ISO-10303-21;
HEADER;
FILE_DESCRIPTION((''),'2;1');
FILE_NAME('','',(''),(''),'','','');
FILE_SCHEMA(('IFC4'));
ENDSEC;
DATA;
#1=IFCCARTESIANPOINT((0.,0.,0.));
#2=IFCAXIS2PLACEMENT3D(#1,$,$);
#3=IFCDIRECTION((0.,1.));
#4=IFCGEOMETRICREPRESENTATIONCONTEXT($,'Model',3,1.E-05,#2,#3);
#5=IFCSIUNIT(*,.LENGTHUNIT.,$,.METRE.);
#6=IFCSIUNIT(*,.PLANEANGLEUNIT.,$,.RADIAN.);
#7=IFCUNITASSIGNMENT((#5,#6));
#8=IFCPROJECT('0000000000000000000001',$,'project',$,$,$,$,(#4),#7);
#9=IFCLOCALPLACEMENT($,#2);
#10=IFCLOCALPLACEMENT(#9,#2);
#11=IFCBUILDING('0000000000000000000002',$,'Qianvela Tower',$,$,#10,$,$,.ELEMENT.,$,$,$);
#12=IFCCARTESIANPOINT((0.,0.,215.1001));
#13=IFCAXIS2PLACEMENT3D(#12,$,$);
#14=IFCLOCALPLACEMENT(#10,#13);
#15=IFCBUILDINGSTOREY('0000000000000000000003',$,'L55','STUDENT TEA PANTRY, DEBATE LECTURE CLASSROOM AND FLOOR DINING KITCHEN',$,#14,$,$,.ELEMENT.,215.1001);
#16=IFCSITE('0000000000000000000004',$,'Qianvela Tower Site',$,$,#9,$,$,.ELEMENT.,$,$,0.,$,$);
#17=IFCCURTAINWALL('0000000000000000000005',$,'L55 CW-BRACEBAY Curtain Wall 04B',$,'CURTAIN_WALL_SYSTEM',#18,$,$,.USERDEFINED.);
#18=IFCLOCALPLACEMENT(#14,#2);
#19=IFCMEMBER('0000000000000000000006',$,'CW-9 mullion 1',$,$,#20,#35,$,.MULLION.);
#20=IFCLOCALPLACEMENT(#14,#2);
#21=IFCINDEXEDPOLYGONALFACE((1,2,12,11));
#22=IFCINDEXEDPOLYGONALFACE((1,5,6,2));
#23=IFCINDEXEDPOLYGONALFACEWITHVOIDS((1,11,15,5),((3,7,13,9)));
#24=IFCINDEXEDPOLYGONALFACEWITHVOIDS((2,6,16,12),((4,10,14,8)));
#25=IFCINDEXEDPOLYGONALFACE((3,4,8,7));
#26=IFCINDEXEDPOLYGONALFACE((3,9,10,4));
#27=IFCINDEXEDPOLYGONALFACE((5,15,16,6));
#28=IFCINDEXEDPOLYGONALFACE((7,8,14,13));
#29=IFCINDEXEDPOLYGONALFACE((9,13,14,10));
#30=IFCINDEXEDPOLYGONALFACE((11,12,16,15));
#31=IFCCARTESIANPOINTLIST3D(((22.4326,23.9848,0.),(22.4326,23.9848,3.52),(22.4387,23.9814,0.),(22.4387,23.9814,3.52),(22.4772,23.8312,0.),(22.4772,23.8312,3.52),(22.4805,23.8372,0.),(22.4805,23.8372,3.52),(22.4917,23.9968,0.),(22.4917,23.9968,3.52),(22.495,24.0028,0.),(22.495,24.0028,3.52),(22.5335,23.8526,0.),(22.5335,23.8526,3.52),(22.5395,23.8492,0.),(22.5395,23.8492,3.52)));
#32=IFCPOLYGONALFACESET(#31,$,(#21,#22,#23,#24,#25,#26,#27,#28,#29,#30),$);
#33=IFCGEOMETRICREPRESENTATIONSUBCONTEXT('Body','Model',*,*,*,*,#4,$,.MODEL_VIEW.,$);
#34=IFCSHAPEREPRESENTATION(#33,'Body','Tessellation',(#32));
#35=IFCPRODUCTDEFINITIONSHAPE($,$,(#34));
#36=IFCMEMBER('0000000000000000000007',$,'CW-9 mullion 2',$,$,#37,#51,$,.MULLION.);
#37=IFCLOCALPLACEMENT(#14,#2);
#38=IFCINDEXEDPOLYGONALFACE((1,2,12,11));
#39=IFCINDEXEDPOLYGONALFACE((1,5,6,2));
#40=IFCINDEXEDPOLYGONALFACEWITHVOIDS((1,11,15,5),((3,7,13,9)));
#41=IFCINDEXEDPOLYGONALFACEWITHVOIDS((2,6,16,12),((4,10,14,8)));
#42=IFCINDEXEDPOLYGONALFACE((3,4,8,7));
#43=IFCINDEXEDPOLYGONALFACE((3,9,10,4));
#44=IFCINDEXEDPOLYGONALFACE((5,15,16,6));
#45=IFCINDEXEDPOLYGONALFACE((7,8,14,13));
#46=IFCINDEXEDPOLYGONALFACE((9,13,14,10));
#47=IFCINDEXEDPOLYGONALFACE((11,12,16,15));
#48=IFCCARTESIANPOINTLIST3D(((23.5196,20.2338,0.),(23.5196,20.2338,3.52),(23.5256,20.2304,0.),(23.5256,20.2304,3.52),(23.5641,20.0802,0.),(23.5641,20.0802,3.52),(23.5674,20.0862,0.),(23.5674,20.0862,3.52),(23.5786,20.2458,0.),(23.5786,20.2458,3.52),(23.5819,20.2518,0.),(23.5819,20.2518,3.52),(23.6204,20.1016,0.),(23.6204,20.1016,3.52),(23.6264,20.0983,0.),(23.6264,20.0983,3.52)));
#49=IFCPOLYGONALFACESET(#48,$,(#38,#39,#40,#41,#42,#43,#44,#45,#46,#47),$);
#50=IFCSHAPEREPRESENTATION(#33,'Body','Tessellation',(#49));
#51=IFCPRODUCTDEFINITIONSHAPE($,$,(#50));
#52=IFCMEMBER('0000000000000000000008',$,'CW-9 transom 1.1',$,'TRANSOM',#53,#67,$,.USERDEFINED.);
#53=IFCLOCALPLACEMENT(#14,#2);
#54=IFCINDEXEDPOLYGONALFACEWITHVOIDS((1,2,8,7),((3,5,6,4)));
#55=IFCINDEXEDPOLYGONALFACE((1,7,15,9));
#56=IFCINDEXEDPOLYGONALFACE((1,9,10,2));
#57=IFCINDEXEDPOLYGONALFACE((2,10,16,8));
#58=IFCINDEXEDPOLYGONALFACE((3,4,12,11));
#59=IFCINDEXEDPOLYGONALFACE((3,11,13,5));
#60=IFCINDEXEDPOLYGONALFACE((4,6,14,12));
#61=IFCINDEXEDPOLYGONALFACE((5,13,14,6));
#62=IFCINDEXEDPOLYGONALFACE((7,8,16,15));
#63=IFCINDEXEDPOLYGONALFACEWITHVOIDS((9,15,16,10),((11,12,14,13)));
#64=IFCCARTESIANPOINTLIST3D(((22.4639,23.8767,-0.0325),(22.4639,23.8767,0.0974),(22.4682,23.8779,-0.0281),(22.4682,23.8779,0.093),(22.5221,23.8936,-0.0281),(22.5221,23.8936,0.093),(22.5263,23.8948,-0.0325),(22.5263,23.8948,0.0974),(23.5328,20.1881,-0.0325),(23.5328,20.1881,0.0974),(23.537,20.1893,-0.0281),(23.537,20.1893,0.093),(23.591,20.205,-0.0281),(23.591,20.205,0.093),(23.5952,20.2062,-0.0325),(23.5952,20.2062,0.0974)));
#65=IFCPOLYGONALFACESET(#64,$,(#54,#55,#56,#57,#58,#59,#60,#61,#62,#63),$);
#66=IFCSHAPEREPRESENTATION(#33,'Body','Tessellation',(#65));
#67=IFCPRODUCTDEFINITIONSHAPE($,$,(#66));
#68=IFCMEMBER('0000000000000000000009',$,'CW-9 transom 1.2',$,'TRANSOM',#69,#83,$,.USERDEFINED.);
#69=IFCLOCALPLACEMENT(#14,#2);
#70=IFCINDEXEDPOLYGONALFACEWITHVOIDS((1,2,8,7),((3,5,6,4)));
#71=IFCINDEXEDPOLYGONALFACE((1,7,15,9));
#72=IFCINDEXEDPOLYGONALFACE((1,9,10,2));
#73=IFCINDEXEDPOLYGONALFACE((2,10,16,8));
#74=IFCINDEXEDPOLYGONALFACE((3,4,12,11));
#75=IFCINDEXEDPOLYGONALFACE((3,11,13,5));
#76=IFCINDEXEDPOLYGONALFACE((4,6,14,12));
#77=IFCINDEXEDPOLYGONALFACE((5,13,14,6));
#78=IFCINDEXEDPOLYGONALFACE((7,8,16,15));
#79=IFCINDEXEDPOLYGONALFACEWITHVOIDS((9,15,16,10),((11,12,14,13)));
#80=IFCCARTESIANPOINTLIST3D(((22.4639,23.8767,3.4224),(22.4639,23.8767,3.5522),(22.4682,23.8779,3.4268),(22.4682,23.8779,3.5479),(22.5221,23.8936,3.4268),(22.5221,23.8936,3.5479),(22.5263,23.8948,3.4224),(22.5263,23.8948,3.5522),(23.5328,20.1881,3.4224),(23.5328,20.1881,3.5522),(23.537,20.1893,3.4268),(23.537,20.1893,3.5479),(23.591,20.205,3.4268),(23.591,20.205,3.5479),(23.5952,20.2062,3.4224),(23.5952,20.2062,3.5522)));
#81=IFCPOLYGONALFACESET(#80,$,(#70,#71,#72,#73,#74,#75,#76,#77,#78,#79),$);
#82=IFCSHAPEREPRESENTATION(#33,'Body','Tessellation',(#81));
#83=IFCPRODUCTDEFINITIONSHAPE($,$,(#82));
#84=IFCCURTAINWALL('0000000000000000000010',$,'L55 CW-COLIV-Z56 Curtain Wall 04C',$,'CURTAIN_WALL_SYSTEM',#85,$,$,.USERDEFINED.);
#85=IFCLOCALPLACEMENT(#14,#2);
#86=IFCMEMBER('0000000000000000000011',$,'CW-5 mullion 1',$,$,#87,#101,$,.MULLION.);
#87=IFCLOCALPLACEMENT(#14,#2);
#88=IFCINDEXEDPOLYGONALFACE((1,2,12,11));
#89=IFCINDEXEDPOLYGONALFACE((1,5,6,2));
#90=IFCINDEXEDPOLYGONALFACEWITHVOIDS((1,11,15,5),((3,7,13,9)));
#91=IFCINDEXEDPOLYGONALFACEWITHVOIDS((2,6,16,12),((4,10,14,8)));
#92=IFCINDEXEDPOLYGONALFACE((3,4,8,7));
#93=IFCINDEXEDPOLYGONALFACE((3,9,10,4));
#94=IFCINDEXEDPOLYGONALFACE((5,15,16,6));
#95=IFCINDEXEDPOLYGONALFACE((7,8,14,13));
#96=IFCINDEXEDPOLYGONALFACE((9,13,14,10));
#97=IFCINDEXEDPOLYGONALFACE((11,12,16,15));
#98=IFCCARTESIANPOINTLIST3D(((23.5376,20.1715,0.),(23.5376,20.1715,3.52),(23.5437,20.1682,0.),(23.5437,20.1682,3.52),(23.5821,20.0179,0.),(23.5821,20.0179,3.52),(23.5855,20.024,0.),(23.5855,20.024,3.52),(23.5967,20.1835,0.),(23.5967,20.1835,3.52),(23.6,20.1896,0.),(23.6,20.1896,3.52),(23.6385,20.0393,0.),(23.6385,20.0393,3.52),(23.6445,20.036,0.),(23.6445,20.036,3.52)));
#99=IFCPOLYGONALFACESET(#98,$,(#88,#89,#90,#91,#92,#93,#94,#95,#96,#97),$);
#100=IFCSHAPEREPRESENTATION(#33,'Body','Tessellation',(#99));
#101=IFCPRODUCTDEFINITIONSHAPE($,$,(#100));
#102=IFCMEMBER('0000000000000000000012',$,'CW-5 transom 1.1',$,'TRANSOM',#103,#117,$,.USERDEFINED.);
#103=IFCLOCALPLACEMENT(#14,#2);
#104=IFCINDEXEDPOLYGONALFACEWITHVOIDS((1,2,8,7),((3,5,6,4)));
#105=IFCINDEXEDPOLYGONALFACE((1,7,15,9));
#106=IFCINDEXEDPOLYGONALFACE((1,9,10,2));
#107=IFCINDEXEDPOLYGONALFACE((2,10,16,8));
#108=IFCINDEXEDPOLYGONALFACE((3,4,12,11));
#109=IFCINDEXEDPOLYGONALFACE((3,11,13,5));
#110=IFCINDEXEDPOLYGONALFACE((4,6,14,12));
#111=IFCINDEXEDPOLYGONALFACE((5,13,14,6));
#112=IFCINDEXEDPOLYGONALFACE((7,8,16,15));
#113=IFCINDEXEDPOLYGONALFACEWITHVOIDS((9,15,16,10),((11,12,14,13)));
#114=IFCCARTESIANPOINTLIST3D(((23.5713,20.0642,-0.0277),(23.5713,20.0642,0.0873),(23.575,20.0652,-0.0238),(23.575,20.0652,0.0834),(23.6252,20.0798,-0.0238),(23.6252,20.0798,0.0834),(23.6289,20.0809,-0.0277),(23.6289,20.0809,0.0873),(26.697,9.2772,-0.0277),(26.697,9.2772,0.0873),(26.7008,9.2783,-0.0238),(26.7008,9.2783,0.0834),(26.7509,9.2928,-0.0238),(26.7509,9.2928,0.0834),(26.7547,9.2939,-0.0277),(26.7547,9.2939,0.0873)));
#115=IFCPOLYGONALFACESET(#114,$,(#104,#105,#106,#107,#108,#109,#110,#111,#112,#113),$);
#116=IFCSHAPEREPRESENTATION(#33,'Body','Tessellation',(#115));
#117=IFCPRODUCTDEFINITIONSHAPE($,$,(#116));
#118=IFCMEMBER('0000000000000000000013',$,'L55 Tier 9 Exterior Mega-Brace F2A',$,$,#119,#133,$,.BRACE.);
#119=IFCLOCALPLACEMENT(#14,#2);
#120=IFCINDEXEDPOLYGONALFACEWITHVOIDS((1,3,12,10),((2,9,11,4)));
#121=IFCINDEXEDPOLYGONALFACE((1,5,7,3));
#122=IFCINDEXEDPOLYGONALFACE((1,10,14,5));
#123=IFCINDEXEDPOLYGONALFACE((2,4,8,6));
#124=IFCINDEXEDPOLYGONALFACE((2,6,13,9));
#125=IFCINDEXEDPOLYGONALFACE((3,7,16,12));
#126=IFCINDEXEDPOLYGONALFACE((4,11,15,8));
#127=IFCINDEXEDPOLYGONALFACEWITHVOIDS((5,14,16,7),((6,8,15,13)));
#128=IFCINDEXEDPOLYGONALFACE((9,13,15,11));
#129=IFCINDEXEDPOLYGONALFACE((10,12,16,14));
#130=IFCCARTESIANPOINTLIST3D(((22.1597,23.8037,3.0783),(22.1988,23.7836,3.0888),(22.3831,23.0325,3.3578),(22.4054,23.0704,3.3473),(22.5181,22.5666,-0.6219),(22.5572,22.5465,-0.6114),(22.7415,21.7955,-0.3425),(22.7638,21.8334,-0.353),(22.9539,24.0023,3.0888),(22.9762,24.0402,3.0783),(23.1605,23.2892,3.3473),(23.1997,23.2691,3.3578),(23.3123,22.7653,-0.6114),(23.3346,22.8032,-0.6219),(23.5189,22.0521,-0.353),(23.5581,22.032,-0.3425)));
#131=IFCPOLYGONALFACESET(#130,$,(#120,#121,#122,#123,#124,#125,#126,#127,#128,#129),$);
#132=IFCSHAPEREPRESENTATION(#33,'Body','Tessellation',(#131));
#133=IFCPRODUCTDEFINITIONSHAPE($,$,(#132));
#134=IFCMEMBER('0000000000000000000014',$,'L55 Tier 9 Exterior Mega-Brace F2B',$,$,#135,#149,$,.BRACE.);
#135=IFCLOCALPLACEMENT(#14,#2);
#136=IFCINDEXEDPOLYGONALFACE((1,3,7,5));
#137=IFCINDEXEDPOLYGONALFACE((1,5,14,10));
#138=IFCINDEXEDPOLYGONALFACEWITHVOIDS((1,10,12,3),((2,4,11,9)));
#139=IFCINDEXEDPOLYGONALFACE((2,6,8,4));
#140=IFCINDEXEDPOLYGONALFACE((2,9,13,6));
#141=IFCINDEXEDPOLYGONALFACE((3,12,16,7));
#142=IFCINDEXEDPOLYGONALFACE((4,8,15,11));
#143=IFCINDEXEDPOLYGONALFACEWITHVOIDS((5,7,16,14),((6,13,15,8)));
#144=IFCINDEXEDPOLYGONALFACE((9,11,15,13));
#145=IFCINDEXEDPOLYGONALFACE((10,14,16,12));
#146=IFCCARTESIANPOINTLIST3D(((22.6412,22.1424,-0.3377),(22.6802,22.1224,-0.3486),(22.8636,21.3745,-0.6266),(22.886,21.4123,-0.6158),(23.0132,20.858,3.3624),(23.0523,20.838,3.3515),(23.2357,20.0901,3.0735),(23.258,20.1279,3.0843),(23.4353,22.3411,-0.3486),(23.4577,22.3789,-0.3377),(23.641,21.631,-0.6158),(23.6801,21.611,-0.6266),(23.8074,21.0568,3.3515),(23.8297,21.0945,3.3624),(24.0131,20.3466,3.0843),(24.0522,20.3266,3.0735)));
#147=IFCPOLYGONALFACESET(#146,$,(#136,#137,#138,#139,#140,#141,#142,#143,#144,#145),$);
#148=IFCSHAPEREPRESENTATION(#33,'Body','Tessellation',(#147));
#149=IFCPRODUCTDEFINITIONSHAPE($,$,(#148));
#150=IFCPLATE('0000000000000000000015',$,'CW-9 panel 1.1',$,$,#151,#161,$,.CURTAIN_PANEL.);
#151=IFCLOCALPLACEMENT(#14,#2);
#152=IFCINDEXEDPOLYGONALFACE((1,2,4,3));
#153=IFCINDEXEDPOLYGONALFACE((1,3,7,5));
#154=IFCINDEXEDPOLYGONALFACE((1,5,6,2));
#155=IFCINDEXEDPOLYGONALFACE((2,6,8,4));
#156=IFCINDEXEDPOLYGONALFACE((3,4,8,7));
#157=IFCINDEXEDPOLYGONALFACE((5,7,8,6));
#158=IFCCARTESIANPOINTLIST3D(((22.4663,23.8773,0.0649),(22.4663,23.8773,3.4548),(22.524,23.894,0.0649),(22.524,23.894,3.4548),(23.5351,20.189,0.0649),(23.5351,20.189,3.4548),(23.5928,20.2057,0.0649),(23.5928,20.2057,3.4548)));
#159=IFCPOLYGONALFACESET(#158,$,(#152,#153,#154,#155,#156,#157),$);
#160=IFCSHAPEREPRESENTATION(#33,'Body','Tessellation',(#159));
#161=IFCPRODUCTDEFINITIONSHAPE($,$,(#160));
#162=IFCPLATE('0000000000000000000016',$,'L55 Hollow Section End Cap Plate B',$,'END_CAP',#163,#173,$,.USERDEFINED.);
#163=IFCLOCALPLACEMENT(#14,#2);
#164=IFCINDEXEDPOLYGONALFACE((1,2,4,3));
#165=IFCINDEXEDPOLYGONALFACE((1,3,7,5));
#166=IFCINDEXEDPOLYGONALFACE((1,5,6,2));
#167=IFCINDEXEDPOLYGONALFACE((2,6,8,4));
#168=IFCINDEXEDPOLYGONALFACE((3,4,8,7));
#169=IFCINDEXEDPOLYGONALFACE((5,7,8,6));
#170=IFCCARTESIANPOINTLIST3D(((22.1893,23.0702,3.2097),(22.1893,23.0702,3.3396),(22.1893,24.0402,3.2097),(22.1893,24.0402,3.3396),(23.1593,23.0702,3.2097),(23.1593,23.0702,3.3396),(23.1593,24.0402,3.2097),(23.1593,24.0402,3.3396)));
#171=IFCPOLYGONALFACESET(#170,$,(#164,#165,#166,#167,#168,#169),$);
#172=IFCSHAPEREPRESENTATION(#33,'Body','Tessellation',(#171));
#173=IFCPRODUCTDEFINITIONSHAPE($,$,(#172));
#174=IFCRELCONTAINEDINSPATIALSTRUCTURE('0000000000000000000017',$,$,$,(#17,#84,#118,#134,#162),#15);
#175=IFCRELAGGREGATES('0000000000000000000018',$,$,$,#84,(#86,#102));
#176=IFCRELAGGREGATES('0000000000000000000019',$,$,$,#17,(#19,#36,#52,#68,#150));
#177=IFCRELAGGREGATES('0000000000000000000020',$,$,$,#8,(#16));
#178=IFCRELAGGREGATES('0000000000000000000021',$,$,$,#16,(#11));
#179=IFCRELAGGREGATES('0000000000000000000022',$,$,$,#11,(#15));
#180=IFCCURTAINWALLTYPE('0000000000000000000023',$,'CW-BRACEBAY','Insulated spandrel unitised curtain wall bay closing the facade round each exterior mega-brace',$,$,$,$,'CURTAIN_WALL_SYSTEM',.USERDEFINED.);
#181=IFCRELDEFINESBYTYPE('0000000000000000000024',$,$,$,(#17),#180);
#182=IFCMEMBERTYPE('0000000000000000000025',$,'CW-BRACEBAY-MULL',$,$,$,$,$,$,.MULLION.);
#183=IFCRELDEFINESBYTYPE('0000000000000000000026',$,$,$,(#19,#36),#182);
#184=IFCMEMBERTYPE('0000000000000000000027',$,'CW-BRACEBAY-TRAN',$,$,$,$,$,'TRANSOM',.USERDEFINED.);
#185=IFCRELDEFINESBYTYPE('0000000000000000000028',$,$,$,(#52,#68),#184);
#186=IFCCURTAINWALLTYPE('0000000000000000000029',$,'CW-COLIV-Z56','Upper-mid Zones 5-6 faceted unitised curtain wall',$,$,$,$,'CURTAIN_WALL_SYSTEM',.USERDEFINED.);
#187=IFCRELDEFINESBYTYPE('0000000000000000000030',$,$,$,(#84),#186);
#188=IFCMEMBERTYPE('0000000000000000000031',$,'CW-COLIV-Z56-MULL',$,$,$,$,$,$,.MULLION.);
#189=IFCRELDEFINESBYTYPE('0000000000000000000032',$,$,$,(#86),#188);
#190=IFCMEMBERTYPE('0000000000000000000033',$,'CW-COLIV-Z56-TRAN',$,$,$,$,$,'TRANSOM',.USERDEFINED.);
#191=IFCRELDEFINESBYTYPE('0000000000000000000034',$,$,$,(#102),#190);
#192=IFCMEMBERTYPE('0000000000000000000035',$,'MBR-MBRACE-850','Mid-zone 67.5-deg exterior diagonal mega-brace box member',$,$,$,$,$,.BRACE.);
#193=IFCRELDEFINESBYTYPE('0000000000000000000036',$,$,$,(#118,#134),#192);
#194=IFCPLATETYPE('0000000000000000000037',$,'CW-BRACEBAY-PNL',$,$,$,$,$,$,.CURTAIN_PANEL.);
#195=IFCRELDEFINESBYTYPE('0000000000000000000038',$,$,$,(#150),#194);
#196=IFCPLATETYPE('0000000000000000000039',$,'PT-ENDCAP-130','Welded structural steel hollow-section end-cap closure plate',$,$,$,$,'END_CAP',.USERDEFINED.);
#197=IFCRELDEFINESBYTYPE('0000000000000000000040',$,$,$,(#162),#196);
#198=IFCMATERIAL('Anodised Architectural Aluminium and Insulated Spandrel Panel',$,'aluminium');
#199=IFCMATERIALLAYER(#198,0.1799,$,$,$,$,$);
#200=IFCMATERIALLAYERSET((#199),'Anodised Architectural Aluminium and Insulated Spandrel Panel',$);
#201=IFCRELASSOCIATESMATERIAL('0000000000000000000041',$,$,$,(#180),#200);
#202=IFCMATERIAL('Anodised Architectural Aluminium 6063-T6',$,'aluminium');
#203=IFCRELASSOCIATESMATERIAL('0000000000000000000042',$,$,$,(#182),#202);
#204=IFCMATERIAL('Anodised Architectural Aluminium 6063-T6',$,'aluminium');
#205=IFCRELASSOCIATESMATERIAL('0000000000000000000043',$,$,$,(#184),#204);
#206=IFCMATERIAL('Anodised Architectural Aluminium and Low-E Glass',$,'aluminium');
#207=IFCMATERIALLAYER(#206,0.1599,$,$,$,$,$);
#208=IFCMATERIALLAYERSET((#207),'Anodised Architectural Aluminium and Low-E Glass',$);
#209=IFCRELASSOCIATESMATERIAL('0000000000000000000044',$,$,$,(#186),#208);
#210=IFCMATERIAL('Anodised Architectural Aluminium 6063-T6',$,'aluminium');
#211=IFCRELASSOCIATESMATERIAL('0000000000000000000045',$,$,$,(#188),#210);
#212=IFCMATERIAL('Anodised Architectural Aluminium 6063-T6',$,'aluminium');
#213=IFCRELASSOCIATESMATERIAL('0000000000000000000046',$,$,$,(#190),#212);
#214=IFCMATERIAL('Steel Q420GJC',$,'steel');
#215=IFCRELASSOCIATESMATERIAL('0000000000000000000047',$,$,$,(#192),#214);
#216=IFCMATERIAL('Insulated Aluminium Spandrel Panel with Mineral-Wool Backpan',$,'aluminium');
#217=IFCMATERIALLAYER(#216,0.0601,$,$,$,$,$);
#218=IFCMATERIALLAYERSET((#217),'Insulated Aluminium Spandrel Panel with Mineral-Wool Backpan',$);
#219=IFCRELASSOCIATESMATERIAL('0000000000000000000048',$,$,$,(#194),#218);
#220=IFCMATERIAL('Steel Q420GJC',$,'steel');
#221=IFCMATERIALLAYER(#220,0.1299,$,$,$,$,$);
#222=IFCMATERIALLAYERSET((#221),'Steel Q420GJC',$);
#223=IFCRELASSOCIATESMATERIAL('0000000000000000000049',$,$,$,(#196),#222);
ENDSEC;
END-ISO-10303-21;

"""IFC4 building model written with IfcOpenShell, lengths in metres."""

from ifc_helpers import new_model, si_unit, direction, frame, origin, origin_2d, place, context, subcontext, project, spatial, rectangle, hollow_rectangle, extrude, material, layer, layer_set, material_profile, profile_set, type_object, element, aggregate, save


model = new_model("IFC4")

# Units and contexts
model_context = context("Model", 3, precision=1e-05, world=origin(), true_north=direction((0.0, 1.0)))
body_context = subcontext(model_context, "Body", "Model", "MODEL_VIEW")
ifc_project = project(units=[si_unit("LENGTHUNIT", "METRE"), si_unit("PLANEANGLEUNIT", "RADIAN")], contexts=[model_context])

# Site, building, storey
site_placement = place(None, origin())
site = spatial("IfcSite", under=ifc_project, at=site_placement, Name="Qianvela Tower Site", CompositionType="ELEMENT", RefElevation=0.0)
building_placement = place(site_placement, origin())
building = spatial("IfcBuilding", under=site, at=building_placement, Name="Qianvela Tower", CompositionType="ELEMENT")
storey_placement = place(building_placement, frame((0.0, 0.0, 215.1001)))
storey = spatial("IfcBuildingStorey", under=building, at=storey_placement, Name="L55", Description="STUDENT TEA PANTRY, DEBATE LECTURE CLASSROOM AND FLOOR DINING KITCHEN", CompositionType="ELEMENT", Elevation=215.1001)

# Curtain walls, members
ifc_material_1 = material(Name="Anodised Architectural Aluminium and Insulated Spandrel Panel", Category="aluminium")
ifc_layer_1 = layer(ifc_material_1, 0.1799)
ifc_layer_set_1 = layer_set([ifc_layer_1], Name="Anodised Architectural Aluminium and Insulated Spandrel Panel")
curtain_wall_type_1 = type_object("IfcCurtainWallType", Name="CW-BRACEBAY", Description="Insulated spandrel unitised curtain wall bay closing the facade round each exterior mega-brace", ElementType="CURTAIN_WALL_SYSTEM", PredefinedType="USERDEFINED", material=ifc_layer_set_1)
curtain_wall_1_placement = place(storey_placement, origin())
curtain_wall_1 = element("IfcCurtainWall", 1, at=curtain_wall_1_placement, inside=storey, type_object=curtain_wall_type_1, Name="L55 CW-BRACEBAY Curtain Wall 04B", ObjectType="CURTAIN_WALL_SYSTEM", PredefinedType="USERDEFINED")
ifc_material_2 = material(Name="Anodised Architectural Aluminium 6063-T6", Category="aluminium")
ifc_material_profile_1 = material_profile(ifc_material_2, hollow_rectangle(XDim=0.0649, YDim=0.1599, WallThickness=0.0049, at=origin_2d()), Name="ALU-MULL-65x160")
ifc_profile_set_1 = profile_set([ifc_material_profile_1], Name="Anodised Architectural Aluminium 6063-T6")
member_type_1 = type_object("IfcMemberType", Name="CW-BRACEBAY-MULL", PredefinedType="MULLION", material=ifc_profile_set_1)
member_1_placement = place(storey_placement, frame((22.4861, 23.917, 0.0), z_axis=(0.0, 0.0, 1.0), x_axis=(0.960485, 0.278332, 0.0)))
member_1 = element("IfcMember", 2, at=member_1_placement, type_object=member_type_1, Name="CW-9 mullion 1", PredefinedType="MULLION", context=body_context, shape_type="SweptSolid", body=[
    extrude(hollow_rectangle(XDim=0.0649, YDim=0.1599, WallThickness=0.0049, at=origin_2d()), origin(), (0.0, 0.0, 1.0), 3.52),
])
member_2_placement = place(storey_placement, frame((23.573, 20.166, 0.0), z_axis=(0.0, 0.0, 1.0), x_axis=(0.960485, 0.278332, 0.0)))
member_2 = element("IfcMember", 3, at=member_2_placement, type_object=member_type_1, Name="CW-9 mullion 2", PredefinedType="MULLION", context=body_context, shape_type="SweptSolid", body=[
    extrude(hollow_rectangle(XDim=0.0649, YDim=0.1599, WallThickness=0.0049, at=origin_2d()), origin(), (0.0, 0.0, 1.0), 3.52),
])
ifc_material_3 = material(Name="Anodised Architectural Aluminium 6063-T6", Category="aluminium")
ifc_material_profile_2 = material_profile(ifc_material_3, hollow_rectangle(XDim=0.0649, YDim=0.1299, WallThickness=0.0044, at=origin_2d()), Name="ALU-TRAN-65x130")
ifc_profile_set_2 = profile_set([ifc_material_profile_2], Name="Anodised Architectural Aluminium 6063-T6")
member_type_2 = type_object("IfcMemberType", Name="CW-BRACEBAY-TRAN", ElementType="TRANSOM", PredefinedType="USERDEFINED", material=ifc_profile_set_2)
member_3_placement = place(storey_placement, frame((22.4951, 23.8857, 0.0325), z_axis=(0.27833, -0.960486, 0.0), x_axis=(0.960486, 0.27833, 0.0)))
member_3 = element("IfcMember", 4, at=member_3_placement, type_object=member_type_2, Name="CW-9 transom 1.1", ObjectType="TRANSOM", PredefinedType="USERDEFINED", context=body_context, shape_type="SweptSolid", body=[
    extrude(hollow_rectangle(XDim=0.0649, YDim=0.1299, WallThickness=0.0044, at=origin_2d()), origin(), (0.0, 0.0, 1.0), 3.8403),
])
member_4_placement = place(storey_placement, frame((22.4951, 23.8857, 3.4873), z_axis=(0.27833, -0.960486, 0.0), x_axis=(0.960486, 0.27833, 0.0)))
member_4 = element("IfcMember", 5, at=member_4_placement, type_object=member_type_2, Name="CW-9 transom 1.2", ObjectType="TRANSOM", PredefinedType="USERDEFINED", context=body_context, shape_type="SweptSolid", body=[
    extrude(hollow_rectangle(XDim=0.0649, YDim=0.1299, WallThickness=0.0044, at=origin_2d()), origin(), (0.0, 0.0, 1.0), 3.8403),
])
ifc_material_4 = material(Name="Anodised Architectural Aluminium and Low-E Glass", Category="aluminium")
ifc_layer_2 = layer(ifc_material_4, 0.1599)
ifc_layer_set_2 = layer_set([ifc_layer_2], Name="Anodised Architectural Aluminium and Low-E Glass")
curtain_wall_type_2 = type_object("IfcCurtainWallType", Name="CW-COLIV-Z56", Description="Upper-mid Zones 5-6 faceted unitised curtain wall", ElementType="CURTAIN_WALL_SYSTEM", PredefinedType="USERDEFINED", material=ifc_layer_set_2)
curtain_wall_2_placement = place(storey_placement, origin())
curtain_wall_2 = element("IfcCurtainWall", 6, at=curtain_wall_2_placement, inside=storey, type_object=curtain_wall_type_2, Name="L55 CW-COLIV-Z56 Curtain Wall 04C", ObjectType="CURTAIN_WALL_SYSTEM", PredefinedType="USERDEFINED")
ifc_material_5 = material(Name="Anodised Architectural Aluminium 6063-T6", Category="aluminium")
ifc_material_profile_3 = material_profile(ifc_material_5, hollow_rectangle(XDim=0.0649, YDim=0.1599, WallThickness=0.0049, at=origin_2d()), Name="ALU-MULL-65x160")
ifc_profile_set_3 = profile_set([ifc_material_profile_3], Name="Anodised Architectural Aluminium 6063-T6")
member_type_3 = type_object("IfcMemberType", Name="CW-COLIV-Z56-MULL", PredefinedType="MULLION", material=ifc_profile_set_3)
member_5_placement = place(storey_placement, frame((23.5911, 20.1038, 0.0), z_axis=(0.0, 0.0, 1.0), x_axis=(0.960488, 0.278322, 0.0)))
member_5 = element("IfcMember", 7, at=member_5_placement, type_object=member_type_3, Name="CW-5 mullion 1", PredefinedType="MULLION", context=body_context, shape_type="SweptSolid", body=[
    extrude(hollow_rectangle(XDim=0.0649, YDim=0.1599, WallThickness=0.0049, at=origin_2d()), origin(), (0.0, 0.0, 1.0), 3.52),
])
ifc_material_6 = material(Name="Anodised Architectural Aluminium 6063-T6", Category="aluminium")
ifc_material_profile_4 = material_profile(ifc_material_6, hollow_rectangle(XDim=0.0601, YDim=0.115, WallThickness=0.0039, at=origin_2d()), Name="ALU-TRAN-60x115")
ifc_profile_set_4 = profile_set([ifc_material_profile_4], Name="Anodised Architectural Aluminium 6063-T6")
member_type_4 = type_object("IfcMemberType", Name="CW-COLIV-Z56-TRAN", ElementType="TRANSOM", PredefinedType="USERDEFINED", material=ifc_profile_set_4)
member_6_placement = place(storey_placement, frame((23.6001, 20.0725, 0.0298), z_axis=(0.278323, -0.960488, 0.0), x_axis=(0.960488, 0.278323, 0.0)))
member_6 = element("IfcMember", 8, at=member_6_placement, type_object=member_type_4, Name="CW-5 transom 1.1", ObjectType="TRANSOM", PredefinedType="USERDEFINED", context=body_context, shape_type="SweptSolid", body=[
    extrude(hollow_rectangle(XDim=0.0601, YDim=0.115, WallThickness=0.0039, at=origin_2d()), origin(), (0.0, 0.0, 1.0), 11.2307),
])
aggregate(curtain_wall_2, [member_5, member_6])

# Members
ifc_material_7 = material(Name="Steel Q420GJC", Category="steel")
ifc_material_profile_5 = material_profile(ifc_material_7, hollow_rectangle(XDim=0.8501, YDim=0.8501, WallThickness=0.032, at=origin_2d()), Name="MBOX-850x850x32")
ifc_profile_set_5 = profile_set([ifc_material_profile_5], Name="Steel Q420GJC")
member_type_5 = type_object("IfcMemberType", Name="MBR-MBRACE-850", Description="Mid-zone 67.5-deg exterior diagonal mega-brace box member", PredefinedType="BRACE", material=ifc_profile_set_5)
member_7_placement = place(storey_placement, frame((23.0381, 22.2993, -0.4822), z_axis=(-0.091476, 0.315743, 0.944425), x_axis=(-0.960502, -0.278274, 0.0)))
element("IfcMember", 9, at=member_7_placement, inside=storey, type_object=member_type_5, Name="L55 Tier 9 Exterior Mega-Brace F2A", PredefinedType="BRACE", context=body_context, shape_type="SweptSolid", body=[
    extrude(hollow_rectangle(XDim=0.8501, YDim=0.8501, WallThickness=0.032, at=origin_2d()), origin(), (0.0, 0.0, 1.0), 3.918),
])
member_8_placement = place(storey_placement, frame((23.1606, 21.8767, -0.4822), z_axis=(0.094568, -0.326459, 0.940469), x_axis=(0.960512, 0.27824, 0.0)))
element("IfcMember", 10, at=member_8_placement, inside=storey, type_object=member_type_5, Name="L55 Tier 9 Exterior Mega-Brace F2B", PredefinedType="BRACE", context=body_context, shape_type="SweptSolid", body=[
    extrude(hollow_rectangle(XDim=0.8501, YDim=0.8501, WallThickness=0.032, at=origin_2d()), origin(), (0.0, 0.0, 1.0), 3.9343),
])

# Plate
ifc_material_8 = material(Name="Insulated Aluminium Spandrel Panel with Mineral-Wool Backpan", Category="aluminium")
ifc_layer_3 = layer(ifc_material_8, 0.0601)
ifc_layer_set_3 = layer_set([ifc_layer_3], Name="Insulated Aluminium Spandrel Panel with Mineral-Wool Backpan")
plate_type_1 = type_object("IfcPlateType", Name="CW-BRACEBAY-PNL", PredefinedType="CURTAIN_PANEL", material=ifc_layer_set_3)
plate_placement = place(storey_placement, frame((23.0295, 22.0415, 0.0649), z_axis=(0.0, 0.0, 1.0), x_axis=(0.278332, -0.960485, 0.0)))
plate = element("IfcPlate", 11, at=plate_placement, type_object=plate_type_1, Name="CW-9 panel 1.1", PredefinedType="CURTAIN_PANEL", context=body_context, shape_type="SweptSolid", body=[
    extrude(rectangle(XDim=3.8401, YDim=0.0601, at=origin_2d()), origin(), (0.0, 0.0, 1.0), 3.3899),
])
aggregate(curtain_wall_1, [member_1, member_2, member_3, member_4, plate])

# Plate
ifc_material_9 = material(Name="Steel Q420GJC", Category="steel")
ifc_layer_4 = layer(ifc_material_9, 0.1299)
ifc_layer_set_4 = layer_set([ifc_layer_4], Name="Steel Q420GJC")
plate_type_2 = type_object("IfcPlateType", Name="PT-ENDCAP-130", Description="Welded structural steel hollow-section end-cap closure plate", ElementType="END_CAP", PredefinedType="USERDEFINED", material=ifc_layer_set_4)
for number, where, z_axis, x_axis, name in (
    (12, (22.6743, 23.5552, 3.2097), (0.0, 0.0, 1.0), (1.0, 0.0, 0.0), "L55 Hollow Section End Cap Plate B"),
):
    element("IfcPlate", number, at=place(storey_placement, frame(where, z_axis=z_axis, x_axis=x_axis)), inside=storey, type_object=plate_type_2, Name=name, ObjectType="END_CAP", PredefinedType="USERDEFINED", context=body_context, shape_type="SweptSolid", body=[
        extrude(rectangle(XDim=0.97, YDim=0.97, at=origin_2d()), origin(), (0.0, 0.0, 1.0), 0.1299),
    ])

save(model, "model.ifc")
